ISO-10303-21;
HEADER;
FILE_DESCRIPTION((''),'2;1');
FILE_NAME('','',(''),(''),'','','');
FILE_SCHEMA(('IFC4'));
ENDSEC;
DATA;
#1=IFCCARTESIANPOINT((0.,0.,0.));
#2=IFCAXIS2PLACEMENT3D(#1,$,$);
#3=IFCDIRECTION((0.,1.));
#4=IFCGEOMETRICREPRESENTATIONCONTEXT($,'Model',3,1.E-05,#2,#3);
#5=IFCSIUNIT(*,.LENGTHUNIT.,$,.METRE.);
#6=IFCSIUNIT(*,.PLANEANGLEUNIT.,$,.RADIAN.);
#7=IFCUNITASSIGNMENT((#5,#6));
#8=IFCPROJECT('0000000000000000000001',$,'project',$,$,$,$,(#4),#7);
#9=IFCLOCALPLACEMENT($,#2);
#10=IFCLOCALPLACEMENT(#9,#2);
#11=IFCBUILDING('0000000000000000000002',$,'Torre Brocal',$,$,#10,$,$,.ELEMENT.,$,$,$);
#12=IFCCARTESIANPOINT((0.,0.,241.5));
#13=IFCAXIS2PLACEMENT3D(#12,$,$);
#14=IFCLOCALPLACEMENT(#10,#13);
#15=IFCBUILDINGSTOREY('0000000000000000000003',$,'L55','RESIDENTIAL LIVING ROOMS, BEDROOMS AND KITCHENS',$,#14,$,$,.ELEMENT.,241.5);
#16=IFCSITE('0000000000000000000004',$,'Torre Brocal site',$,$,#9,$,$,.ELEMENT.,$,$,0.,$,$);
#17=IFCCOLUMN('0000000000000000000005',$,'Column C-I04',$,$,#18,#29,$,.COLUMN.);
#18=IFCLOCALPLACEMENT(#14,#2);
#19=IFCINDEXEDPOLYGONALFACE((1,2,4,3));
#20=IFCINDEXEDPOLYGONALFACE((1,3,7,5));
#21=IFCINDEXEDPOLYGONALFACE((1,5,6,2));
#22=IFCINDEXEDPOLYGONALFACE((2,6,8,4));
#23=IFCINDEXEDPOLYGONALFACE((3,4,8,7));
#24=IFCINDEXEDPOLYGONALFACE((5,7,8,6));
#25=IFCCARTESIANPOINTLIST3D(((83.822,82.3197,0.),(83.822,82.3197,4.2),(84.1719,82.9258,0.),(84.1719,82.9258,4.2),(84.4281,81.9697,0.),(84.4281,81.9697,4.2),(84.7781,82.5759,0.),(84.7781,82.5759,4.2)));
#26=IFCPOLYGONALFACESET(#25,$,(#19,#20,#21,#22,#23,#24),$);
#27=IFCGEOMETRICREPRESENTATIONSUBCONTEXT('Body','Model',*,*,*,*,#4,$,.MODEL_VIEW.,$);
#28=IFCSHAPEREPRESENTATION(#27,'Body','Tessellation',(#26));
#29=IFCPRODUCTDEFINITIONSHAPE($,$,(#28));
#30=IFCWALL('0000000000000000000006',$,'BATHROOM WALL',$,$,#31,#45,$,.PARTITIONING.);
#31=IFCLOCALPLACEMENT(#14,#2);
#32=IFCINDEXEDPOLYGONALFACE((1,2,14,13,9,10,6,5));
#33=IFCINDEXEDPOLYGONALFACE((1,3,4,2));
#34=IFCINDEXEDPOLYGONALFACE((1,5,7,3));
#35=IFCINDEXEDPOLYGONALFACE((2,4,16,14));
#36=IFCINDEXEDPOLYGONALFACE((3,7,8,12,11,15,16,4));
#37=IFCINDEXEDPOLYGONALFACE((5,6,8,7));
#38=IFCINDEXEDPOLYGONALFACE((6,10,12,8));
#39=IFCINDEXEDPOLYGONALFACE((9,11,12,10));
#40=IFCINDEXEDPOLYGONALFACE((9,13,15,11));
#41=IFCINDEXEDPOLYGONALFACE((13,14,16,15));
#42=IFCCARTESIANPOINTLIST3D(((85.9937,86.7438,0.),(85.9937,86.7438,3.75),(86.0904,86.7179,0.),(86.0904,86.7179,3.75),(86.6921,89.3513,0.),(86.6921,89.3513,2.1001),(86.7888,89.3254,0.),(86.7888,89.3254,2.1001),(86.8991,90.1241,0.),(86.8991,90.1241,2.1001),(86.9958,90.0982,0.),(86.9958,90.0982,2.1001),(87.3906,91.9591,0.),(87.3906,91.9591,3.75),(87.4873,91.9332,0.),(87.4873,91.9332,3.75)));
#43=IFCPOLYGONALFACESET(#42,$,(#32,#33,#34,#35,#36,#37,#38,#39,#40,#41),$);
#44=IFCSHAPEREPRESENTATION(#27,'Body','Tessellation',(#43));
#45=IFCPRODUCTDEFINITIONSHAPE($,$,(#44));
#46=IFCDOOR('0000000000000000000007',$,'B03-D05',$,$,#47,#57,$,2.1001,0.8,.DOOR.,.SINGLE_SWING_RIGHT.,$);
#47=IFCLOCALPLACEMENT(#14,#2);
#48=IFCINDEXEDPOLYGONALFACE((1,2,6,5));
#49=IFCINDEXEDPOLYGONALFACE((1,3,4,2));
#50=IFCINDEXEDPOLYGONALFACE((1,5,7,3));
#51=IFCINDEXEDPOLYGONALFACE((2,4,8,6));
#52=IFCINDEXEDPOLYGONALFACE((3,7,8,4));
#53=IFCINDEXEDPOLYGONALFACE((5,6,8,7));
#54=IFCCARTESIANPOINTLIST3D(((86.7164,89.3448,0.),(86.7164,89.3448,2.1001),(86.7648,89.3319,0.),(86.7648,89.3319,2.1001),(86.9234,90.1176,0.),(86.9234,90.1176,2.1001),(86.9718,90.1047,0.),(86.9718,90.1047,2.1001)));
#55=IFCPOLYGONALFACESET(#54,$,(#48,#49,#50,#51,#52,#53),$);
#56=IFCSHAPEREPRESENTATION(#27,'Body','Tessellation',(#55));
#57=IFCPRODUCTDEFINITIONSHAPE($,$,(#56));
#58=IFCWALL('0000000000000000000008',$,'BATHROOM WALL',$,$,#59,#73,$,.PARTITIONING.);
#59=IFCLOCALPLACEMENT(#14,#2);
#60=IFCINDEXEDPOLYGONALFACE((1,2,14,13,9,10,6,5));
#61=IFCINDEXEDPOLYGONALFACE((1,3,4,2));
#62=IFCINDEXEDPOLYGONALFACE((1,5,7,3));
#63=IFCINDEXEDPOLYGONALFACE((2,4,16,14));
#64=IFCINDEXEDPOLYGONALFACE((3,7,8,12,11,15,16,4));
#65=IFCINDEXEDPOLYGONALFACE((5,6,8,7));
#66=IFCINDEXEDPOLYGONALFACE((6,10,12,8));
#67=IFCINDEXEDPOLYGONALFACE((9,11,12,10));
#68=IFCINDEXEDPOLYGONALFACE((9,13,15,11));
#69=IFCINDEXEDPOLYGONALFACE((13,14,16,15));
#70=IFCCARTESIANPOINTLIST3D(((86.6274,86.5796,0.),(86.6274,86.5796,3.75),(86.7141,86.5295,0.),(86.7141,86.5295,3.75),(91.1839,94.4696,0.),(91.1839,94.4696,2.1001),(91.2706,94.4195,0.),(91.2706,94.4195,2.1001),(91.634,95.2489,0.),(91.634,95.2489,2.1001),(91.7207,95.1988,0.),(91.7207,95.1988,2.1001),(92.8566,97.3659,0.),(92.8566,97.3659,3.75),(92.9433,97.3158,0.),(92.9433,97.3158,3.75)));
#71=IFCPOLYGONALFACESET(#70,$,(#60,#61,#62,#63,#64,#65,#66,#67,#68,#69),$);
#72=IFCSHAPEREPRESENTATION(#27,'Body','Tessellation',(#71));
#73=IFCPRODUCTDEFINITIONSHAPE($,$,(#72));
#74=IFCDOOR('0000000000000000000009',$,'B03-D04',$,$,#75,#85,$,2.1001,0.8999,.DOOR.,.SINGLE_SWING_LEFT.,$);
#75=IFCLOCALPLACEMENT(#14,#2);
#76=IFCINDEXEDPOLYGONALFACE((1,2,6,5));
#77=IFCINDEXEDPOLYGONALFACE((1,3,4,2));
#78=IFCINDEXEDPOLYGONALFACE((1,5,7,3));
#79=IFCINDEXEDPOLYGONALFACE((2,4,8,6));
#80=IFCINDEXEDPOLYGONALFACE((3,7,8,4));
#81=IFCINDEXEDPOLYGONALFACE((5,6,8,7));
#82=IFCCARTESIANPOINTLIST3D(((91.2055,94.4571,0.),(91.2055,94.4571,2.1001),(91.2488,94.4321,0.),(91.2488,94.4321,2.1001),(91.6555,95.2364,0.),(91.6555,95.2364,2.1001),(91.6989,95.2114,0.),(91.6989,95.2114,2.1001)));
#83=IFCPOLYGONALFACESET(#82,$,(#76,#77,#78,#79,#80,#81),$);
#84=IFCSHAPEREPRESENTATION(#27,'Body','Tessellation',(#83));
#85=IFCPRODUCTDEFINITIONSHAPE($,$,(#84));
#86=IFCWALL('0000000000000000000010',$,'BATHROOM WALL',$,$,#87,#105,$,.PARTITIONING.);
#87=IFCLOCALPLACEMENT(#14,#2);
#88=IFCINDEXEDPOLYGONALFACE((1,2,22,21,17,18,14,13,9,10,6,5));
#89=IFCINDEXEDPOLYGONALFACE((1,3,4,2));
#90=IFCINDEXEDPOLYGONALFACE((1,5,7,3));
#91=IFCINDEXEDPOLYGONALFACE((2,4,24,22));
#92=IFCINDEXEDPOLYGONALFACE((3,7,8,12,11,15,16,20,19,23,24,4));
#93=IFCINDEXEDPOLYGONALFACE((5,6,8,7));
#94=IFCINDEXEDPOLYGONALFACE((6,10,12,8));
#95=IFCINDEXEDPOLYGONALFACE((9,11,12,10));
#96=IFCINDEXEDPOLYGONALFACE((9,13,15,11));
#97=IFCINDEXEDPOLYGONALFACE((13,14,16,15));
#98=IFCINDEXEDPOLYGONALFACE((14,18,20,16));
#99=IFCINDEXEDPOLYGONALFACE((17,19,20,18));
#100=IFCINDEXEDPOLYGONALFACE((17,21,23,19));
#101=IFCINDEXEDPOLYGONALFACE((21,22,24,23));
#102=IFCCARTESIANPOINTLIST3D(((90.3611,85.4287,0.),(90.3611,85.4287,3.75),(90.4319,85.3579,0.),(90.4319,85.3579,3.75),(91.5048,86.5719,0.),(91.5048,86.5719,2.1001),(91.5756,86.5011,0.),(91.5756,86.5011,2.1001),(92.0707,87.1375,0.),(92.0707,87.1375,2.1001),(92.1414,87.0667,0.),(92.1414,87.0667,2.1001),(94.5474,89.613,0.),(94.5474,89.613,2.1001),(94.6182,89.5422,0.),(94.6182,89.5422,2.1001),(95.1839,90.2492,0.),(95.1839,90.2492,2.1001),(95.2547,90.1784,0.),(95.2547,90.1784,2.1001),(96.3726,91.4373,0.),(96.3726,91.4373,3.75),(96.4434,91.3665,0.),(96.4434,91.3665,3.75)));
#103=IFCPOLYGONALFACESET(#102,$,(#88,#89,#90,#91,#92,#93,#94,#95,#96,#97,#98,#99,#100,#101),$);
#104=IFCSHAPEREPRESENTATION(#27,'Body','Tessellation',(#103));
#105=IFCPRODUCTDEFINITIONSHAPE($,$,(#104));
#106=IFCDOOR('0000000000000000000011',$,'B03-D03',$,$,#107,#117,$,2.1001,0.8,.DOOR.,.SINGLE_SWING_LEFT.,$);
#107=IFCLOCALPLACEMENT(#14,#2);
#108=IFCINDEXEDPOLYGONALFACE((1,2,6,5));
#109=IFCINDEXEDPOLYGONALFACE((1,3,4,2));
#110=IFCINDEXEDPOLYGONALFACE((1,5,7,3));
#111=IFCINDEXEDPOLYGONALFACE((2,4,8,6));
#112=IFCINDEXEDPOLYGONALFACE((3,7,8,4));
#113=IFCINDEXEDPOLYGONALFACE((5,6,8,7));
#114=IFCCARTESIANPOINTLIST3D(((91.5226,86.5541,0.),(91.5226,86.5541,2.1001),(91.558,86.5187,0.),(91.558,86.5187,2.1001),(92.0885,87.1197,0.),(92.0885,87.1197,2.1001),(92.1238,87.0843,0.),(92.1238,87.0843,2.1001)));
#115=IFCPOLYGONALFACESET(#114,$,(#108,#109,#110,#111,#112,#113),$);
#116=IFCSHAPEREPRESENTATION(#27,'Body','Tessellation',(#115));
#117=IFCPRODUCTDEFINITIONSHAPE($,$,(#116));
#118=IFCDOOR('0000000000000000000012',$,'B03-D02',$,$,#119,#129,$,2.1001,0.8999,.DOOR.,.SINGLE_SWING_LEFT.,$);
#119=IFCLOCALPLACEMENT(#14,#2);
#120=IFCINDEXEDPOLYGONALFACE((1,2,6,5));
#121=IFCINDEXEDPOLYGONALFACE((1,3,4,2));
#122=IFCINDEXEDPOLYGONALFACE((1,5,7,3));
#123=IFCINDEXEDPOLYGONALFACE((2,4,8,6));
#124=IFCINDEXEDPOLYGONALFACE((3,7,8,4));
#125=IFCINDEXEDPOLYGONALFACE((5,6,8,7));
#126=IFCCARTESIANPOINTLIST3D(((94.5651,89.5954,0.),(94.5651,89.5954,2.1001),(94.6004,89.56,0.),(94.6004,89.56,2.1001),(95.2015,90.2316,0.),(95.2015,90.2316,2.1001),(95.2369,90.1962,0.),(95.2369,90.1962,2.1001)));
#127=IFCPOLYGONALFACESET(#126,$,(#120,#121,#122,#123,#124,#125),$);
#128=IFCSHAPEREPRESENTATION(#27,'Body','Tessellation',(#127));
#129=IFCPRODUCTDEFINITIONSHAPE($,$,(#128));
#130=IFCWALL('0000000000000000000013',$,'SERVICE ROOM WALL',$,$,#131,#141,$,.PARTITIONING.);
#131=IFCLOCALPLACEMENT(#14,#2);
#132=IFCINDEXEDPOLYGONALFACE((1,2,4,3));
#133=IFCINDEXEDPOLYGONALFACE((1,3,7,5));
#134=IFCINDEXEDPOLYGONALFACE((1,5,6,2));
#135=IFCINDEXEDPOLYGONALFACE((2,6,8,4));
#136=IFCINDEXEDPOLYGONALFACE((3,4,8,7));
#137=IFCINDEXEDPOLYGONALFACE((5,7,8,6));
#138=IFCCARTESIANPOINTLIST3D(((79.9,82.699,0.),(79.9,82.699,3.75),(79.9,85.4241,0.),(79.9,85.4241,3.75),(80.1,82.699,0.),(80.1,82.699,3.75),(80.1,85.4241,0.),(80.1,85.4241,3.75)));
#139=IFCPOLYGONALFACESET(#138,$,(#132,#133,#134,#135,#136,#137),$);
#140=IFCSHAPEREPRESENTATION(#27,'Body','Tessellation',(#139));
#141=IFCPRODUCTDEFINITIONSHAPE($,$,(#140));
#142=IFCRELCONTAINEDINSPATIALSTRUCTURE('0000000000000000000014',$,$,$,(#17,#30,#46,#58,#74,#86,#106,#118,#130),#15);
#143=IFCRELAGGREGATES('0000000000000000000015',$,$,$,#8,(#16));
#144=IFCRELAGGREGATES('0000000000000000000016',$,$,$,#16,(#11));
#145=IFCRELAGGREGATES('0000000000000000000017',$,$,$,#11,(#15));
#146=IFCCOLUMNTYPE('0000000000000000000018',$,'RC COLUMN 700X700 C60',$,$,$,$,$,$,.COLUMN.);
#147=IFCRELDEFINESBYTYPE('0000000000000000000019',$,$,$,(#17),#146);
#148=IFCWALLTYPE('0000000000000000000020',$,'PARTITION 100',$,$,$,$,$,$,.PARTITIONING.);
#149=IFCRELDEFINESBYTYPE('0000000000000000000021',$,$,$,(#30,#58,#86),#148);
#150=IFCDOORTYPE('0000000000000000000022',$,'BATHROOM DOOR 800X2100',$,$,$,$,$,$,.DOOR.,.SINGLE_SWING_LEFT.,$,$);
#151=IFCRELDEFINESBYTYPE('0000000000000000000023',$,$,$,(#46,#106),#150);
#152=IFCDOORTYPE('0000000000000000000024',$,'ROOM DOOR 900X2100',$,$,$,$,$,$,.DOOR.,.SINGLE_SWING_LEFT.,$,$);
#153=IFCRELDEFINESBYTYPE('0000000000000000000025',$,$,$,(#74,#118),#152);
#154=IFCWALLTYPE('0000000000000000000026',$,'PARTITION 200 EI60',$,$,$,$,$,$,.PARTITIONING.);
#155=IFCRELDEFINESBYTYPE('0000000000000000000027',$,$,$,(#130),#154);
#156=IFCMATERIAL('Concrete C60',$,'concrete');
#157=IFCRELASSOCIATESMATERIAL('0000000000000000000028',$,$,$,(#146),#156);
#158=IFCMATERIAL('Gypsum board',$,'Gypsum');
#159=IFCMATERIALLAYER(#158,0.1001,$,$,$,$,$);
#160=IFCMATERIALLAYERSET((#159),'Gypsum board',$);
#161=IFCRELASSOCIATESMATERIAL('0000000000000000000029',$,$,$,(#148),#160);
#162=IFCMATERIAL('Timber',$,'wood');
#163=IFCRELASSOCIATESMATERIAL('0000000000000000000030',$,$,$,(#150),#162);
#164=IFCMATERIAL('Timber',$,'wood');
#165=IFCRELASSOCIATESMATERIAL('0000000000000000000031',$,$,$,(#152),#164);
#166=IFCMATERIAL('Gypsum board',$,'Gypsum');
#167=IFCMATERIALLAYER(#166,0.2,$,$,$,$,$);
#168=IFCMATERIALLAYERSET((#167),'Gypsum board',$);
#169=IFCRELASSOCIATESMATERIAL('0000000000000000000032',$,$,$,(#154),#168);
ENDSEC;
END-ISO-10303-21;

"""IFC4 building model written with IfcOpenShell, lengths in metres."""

from ifc_helpers import new_model, si_unit, direction, frame, frame_2d, origin, origin_2d, place, context, subcontext, project, spatial, rectangle, extrude, material, layer, layer_set, material_profile, profile_set, type_object, element, fill, save


model = new_model("IFC4")

# Units and contexts
model_context = context("Model", 3, precision=1e-05, world=origin(), true_north=direction((0.0, 1.0)))
body_context = subcontext(model_context, "Body", "Model", "MODEL_VIEW")
ifc_project = project(units=[si_unit("LENGTHUNIT", "METRE"), si_unit("PLANEANGLEUNIT", "RADIAN")], contexts=[model_context])

# Site, building, storey
site_placement = place(None, origin())
site = spatial("IfcSite", under=ifc_project, at=site_placement, Name="Torre Brocal site", CompositionType="ELEMENT", RefElevation=0.0)
building_placement = place(site_placement, origin())
building = spatial("IfcBuilding", under=site, at=building_placement, Name="Torre Brocal", CompositionType="ELEMENT")
storey_placement = place(building_placement, frame((0.0, 0.0, 241.5)))
storey = spatial("IfcBuildingStorey", under=building, at=storey_placement, Name="L55", Description="RESIDENTIAL LIVING ROOMS, BEDROOMS AND KITCHENS", CompositionType="ELEMENT", Elevation=241.5)

# Column
ifc_material_1 = material(Name="Concrete C60", Category="concrete")
ifc_material_profile = material_profile(ifc_material_1, rectangle(XDim=0.7, YDim=0.7, at=origin_2d()), Name="RC 700X700")
ifc_profile_set = profile_set([ifc_material_profile], Name="Concrete C60")
column_type = type_object("IfcColumnType", Name="RC COLUMN 700X700 C60", PredefinedType="COLUMN", material=ifc_profile_set)
column_placement = place(storey_placement, frame((84.3, 82.4478, 0.0), z_axis=(0.0, 0.0, 1.0), x_axis=(0.5, 0.866025, 0.0)))
element("IfcColumn", 1, at=column_placement, inside=storey, type_object=column_type, Name="Column C-I04", PredefinedType="COLUMN", context=body_context, shape_type="SweptSolid", body=[
    extrude(rectangle(XDim=0.7, YDim=0.7, at=origin_2d()), origin(), (0.0, 0.0, 1.0), 4.2),
])

# Walls, openings, doors
ifc_material_2 = material(Name="Gypsum board", Category="Gypsum")
ifc_layer_1 = layer(ifc_material_2, 0.1001)
ifc_layer_set_1 = layer_set([ifc_layer_1], Name="Gypsum board")
wall_type_1 = type_object("IfcWallType", Name="PARTITION 100", PredefinedType="PARTITIONING", material=ifc_layer_set_1)
wall_1_placement = place(storey_placement, frame((86.042, 86.7307, 0.0), z_axis=(0.0, 0.0, 1.0), x_axis=(0.258738, 0.965948, 0.0)))
wall_1 = element("IfcWall", 2, at=wall_1_placement, inside=storey, type_object=wall_type_1, Name="BATHROOM WALL", PredefinedType="PARTITIONING", context=body_context, shape_type="SweptSolid", body=[
    extrude(rectangle(XDim=5.3992, YDim=0.1001, at=frame_2d((2.6997, 0.0))), origin(), (0.0, 0.0, 1.0), 3.75),
])
opening_1_placement = place(wall_1_placement, frame((2.6997, 0.0, 0.0)))
opening_1 = element("IfcOpeningElement", 3, at=opening_1_placement, cuts=wall_1, PredefinedType="OPENING", context=body_context, shape_type="SweptSolid", body=[
    extrude(rectangle(XDim=0.8, YDim=2.1001, at=frame_2d((0.3999, 1.05))), frame((0.0, 0.0601, 0.0), z_axis=(0.0, -1.0, 0.0), x_axis=(1.0, 0.0, 0.0)), (0.0, 0.0, 1.0), 0.1201),
])
ifc_material_3 = material(Name="Timber", Category="wood")
door_type_1 = type_object("IfcDoorType", Name="BATHROOM DOOR 800X2100", OperationType="SINGLE_SWING_LEFT", PredefinedType="DOOR", material=ifc_material_3)
door_1_placement = place(opening_1_placement, origin())
door_1 = element("IfcDoor", 4, at=door_1_placement, inside=storey, type_object=door_type_1, Name="B03-D05", OperationType="SINGLE_SWING_RIGHT", OverallHeight=2.1001, OverallWidth=0.8, PredefinedType="DOOR", context=body_context, shape_type="SweptSolid", body=[
    extrude(rectangle(XDim=0.8, YDim=2.1001, at=frame_2d((0.3999, 1.05))), frame((0.0, 0.0249, 0.0), z_axis=(0.0, -1.0, 0.0), x_axis=(1.0, 0.0, 0.0)), (0.0, 0.0, 1.0), 0.05),
])
fill(opening_1, door_1)
wall_2_placement = place(storey_placement, frame((86.6707, 86.5544, 0.0), z_axis=(0.0, 0.0, 1.0), x_axis=(0.500104, 0.865965, 0.0)))
wall_2 = element("IfcWall", 5, at=wall_2_placement, inside=storey, type_object=wall_type_1, Name="BATHROOM WALL", PredefinedType="PARTITIONING", context=body_context, shape_type="SweptSolid", body=[
    extrude(rectangle(XDim=12.4558, YDim=0.1001, at=frame_2d((6.228, 0.0))), origin(), (0.0, 0.0, 1.0), 3.75),
])
opening_2_placement = place(wall_2_placement, frame((9.1113, 0.0, 0.0)))
opening_2 = element("IfcOpeningElement", 6, at=opening_2_placement, cuts=wall_2, PredefinedType="OPENING", context=body_context, shape_type="SweptSolid", body=[
    extrude(rectangle(XDim=0.8999, YDim=2.1001, at=frame_2d((0.45, 1.05))), frame((0.0, 0.0601, 0.0), z_axis=(0.0, -1.0, 0.0), x_axis=(1.0, 0.0, 0.0)), (0.0, 0.0, 1.0), 0.1201),
])
ifc_material_4 = material(Name="Timber", Category="wood")
door_type_2 = type_object("IfcDoorType", Name="ROOM DOOR 900X2100", OperationType="SINGLE_SWING_LEFT", PredefinedType="DOOR", material=ifc_material_4)
door_2_placement = place(opening_2_placement, frame((0.8999, 0.0, 0.0), z_axis=(0.0, 0.0, 1.0), x_axis=(-1.0, 0.0, 0.0)))
door_2 = element("IfcDoor", 7, at=door_2_placement, inside=storey, type_object=door_type_2, Name="B03-D04", OperationType="SINGLE_SWING_LEFT", OverallHeight=2.1001, OverallWidth=0.8999, PredefinedType="DOOR", context=body_context, shape_type="SweptSolid", body=[
    extrude(rectangle(XDim=0.8999, YDim=2.1001, at=frame_2d((0.45, 1.05))), frame((0.0, 0.0249, 0.0), z_axis=(0.0, -1.0, 0.0), x_axis=(1.0, 0.0, 0.0)), (0.0, 0.0, 1.0), 0.05),
])
fill(opening_2, door_2)

# Wall, openings, doors
wall_3_placement = place(storey_placement, frame((90.3965, 85.3933, 0.0), z_axis=(0.0, 0.0, 1.0), x_axis=(0.707279, 0.706934, 0.0)))
wall_3 = element("IfcWall", 8, at=wall_3_placement, inside=storey, type_object=wall_type_1, Name="BATHROOM WALL", PredefinedType="PARTITIONING", context=body_context, shape_type="SweptSolid", body=[
    extrude(rectangle(XDim=8.4995, YDim=0.1001, at=frame_2d((4.2498, 0.0))), origin(), (0.0, 0.0, 1.0), 3.75),
])
opening_3_placement = place(wall_3_placement, frame((5.9189, 0.0, 0.0)))
opening_3 = element("IfcOpeningElement", 9, at=opening_3_placement, cuts=wall_3, PredefinedType="OPENING", context=body_context, shape_type="SweptSolid", body=[
    extrude(rectangle(XDim=0.8999, YDim=2.1001, at=frame_2d((0.45, 1.05))), frame((0.0, 0.0601, 0.0), z_axis=(0.0, -1.0, 0.0), x_axis=(1.0, 0.0, 0.0)), (0.0, 0.0, 1.0), 0.1201),
])
opening_4_placement = place(wall_3_placement, frame((1.6172, 0.0, 0.0)))
opening_4 = element("IfcOpeningElement", 10, at=opening_4_placement, cuts=wall_3, PredefinedType="OPENING", context=body_context, shape_type="SweptSolid", body=[
    extrude(rectangle(XDim=0.8, YDim=2.1001, at=frame_2d((0.3999, 1.05))), frame((0.0, 0.0601, 0.0), z_axis=(0.0, -1.0, 0.0), x_axis=(1.0, 0.0, 0.0)), (0.0, 0.0, 1.0), 0.1201),
])
door_3_placement = place(opening_4_placement, origin())
door_3 = element("IfcDoor", 11, at=door_3_placement, inside=storey, type_object=door_type_1, Name="B03-D03", OperationType="SINGLE_SWING_LEFT", OverallHeight=2.1001, OverallWidth=0.8, PredefinedType="DOOR", context=body_context, shape_type="SweptSolid", body=[
    extrude(rectangle(XDim=0.8, YDim=2.1001, at=frame_2d((0.3999, 1.05))), frame((0.0, 0.0249, 0.0), z_axis=(0.0, -1.0, 0.0), x_axis=(1.0, 0.0, 0.0)), (0.0, 0.0, 1.0), 0.05),
])
fill(opening_4, door_3)
door_4_placement = place(opening_3_placement, frame((0.8999, 0.0, 0.0), z_axis=(0.0, 0.0, 1.0), x_axis=(-1.0, 0.0, 0.0)))
door_4 = element("IfcDoor", 12, at=door_4_placement, inside=storey, type_object=door_type_2, Name="B03-D02", OperationType="SINGLE_SWING_LEFT", OverallHeight=2.1001, OverallWidth=0.8999, PredefinedType="DOOR", context=body_context, shape_type="SweptSolid", body=[
    extrude(rectangle(XDim=0.8999, YDim=2.1001, at=frame_2d((0.45, 1.05))), frame((0.0, 0.0249, 0.0), z_axis=(0.0, -1.0, 0.0), x_axis=(1.0, 0.0, 0.0)), (0.0, 0.0, 1.0), 0.05),
])
fill(opening_3, door_4)

# Wall
ifc_material_5 = material(Name="Gypsum board", Category="Gypsum")
ifc_layer_2 = layer(ifc_material_5, 0.2)
ifc_layer_set_2 = layer_set([ifc_layer_2], Name="Gypsum board")
wall_type_2 = type_object("IfcWallType", Name="PARTITION 200 EI60", PredefinedType="PARTITIONING", material=ifc_layer_set_2)
wall_4_placement = place(storey_placement, frame((80.0, 82.699, 0.0), z_axis=(0.0, 0.0, 1.0), x_axis=(0.0, 1.0, 0.0)))
element("IfcWall", 13, at=wall_4_placement, inside=storey, type_object=wall_type_2, Name="SERVICE ROOM WALL", PredefinedType="PARTITIONING", context=body_context, shape_type="SweptSolid", body=[
    extrude(rectangle(XDim=2.7251, YDim=0.2, at=frame_2d((1.3625, 0.0))), origin(), (0.0, 0.0, 1.0), 3.75),
])

save(model, "model.ifc")
